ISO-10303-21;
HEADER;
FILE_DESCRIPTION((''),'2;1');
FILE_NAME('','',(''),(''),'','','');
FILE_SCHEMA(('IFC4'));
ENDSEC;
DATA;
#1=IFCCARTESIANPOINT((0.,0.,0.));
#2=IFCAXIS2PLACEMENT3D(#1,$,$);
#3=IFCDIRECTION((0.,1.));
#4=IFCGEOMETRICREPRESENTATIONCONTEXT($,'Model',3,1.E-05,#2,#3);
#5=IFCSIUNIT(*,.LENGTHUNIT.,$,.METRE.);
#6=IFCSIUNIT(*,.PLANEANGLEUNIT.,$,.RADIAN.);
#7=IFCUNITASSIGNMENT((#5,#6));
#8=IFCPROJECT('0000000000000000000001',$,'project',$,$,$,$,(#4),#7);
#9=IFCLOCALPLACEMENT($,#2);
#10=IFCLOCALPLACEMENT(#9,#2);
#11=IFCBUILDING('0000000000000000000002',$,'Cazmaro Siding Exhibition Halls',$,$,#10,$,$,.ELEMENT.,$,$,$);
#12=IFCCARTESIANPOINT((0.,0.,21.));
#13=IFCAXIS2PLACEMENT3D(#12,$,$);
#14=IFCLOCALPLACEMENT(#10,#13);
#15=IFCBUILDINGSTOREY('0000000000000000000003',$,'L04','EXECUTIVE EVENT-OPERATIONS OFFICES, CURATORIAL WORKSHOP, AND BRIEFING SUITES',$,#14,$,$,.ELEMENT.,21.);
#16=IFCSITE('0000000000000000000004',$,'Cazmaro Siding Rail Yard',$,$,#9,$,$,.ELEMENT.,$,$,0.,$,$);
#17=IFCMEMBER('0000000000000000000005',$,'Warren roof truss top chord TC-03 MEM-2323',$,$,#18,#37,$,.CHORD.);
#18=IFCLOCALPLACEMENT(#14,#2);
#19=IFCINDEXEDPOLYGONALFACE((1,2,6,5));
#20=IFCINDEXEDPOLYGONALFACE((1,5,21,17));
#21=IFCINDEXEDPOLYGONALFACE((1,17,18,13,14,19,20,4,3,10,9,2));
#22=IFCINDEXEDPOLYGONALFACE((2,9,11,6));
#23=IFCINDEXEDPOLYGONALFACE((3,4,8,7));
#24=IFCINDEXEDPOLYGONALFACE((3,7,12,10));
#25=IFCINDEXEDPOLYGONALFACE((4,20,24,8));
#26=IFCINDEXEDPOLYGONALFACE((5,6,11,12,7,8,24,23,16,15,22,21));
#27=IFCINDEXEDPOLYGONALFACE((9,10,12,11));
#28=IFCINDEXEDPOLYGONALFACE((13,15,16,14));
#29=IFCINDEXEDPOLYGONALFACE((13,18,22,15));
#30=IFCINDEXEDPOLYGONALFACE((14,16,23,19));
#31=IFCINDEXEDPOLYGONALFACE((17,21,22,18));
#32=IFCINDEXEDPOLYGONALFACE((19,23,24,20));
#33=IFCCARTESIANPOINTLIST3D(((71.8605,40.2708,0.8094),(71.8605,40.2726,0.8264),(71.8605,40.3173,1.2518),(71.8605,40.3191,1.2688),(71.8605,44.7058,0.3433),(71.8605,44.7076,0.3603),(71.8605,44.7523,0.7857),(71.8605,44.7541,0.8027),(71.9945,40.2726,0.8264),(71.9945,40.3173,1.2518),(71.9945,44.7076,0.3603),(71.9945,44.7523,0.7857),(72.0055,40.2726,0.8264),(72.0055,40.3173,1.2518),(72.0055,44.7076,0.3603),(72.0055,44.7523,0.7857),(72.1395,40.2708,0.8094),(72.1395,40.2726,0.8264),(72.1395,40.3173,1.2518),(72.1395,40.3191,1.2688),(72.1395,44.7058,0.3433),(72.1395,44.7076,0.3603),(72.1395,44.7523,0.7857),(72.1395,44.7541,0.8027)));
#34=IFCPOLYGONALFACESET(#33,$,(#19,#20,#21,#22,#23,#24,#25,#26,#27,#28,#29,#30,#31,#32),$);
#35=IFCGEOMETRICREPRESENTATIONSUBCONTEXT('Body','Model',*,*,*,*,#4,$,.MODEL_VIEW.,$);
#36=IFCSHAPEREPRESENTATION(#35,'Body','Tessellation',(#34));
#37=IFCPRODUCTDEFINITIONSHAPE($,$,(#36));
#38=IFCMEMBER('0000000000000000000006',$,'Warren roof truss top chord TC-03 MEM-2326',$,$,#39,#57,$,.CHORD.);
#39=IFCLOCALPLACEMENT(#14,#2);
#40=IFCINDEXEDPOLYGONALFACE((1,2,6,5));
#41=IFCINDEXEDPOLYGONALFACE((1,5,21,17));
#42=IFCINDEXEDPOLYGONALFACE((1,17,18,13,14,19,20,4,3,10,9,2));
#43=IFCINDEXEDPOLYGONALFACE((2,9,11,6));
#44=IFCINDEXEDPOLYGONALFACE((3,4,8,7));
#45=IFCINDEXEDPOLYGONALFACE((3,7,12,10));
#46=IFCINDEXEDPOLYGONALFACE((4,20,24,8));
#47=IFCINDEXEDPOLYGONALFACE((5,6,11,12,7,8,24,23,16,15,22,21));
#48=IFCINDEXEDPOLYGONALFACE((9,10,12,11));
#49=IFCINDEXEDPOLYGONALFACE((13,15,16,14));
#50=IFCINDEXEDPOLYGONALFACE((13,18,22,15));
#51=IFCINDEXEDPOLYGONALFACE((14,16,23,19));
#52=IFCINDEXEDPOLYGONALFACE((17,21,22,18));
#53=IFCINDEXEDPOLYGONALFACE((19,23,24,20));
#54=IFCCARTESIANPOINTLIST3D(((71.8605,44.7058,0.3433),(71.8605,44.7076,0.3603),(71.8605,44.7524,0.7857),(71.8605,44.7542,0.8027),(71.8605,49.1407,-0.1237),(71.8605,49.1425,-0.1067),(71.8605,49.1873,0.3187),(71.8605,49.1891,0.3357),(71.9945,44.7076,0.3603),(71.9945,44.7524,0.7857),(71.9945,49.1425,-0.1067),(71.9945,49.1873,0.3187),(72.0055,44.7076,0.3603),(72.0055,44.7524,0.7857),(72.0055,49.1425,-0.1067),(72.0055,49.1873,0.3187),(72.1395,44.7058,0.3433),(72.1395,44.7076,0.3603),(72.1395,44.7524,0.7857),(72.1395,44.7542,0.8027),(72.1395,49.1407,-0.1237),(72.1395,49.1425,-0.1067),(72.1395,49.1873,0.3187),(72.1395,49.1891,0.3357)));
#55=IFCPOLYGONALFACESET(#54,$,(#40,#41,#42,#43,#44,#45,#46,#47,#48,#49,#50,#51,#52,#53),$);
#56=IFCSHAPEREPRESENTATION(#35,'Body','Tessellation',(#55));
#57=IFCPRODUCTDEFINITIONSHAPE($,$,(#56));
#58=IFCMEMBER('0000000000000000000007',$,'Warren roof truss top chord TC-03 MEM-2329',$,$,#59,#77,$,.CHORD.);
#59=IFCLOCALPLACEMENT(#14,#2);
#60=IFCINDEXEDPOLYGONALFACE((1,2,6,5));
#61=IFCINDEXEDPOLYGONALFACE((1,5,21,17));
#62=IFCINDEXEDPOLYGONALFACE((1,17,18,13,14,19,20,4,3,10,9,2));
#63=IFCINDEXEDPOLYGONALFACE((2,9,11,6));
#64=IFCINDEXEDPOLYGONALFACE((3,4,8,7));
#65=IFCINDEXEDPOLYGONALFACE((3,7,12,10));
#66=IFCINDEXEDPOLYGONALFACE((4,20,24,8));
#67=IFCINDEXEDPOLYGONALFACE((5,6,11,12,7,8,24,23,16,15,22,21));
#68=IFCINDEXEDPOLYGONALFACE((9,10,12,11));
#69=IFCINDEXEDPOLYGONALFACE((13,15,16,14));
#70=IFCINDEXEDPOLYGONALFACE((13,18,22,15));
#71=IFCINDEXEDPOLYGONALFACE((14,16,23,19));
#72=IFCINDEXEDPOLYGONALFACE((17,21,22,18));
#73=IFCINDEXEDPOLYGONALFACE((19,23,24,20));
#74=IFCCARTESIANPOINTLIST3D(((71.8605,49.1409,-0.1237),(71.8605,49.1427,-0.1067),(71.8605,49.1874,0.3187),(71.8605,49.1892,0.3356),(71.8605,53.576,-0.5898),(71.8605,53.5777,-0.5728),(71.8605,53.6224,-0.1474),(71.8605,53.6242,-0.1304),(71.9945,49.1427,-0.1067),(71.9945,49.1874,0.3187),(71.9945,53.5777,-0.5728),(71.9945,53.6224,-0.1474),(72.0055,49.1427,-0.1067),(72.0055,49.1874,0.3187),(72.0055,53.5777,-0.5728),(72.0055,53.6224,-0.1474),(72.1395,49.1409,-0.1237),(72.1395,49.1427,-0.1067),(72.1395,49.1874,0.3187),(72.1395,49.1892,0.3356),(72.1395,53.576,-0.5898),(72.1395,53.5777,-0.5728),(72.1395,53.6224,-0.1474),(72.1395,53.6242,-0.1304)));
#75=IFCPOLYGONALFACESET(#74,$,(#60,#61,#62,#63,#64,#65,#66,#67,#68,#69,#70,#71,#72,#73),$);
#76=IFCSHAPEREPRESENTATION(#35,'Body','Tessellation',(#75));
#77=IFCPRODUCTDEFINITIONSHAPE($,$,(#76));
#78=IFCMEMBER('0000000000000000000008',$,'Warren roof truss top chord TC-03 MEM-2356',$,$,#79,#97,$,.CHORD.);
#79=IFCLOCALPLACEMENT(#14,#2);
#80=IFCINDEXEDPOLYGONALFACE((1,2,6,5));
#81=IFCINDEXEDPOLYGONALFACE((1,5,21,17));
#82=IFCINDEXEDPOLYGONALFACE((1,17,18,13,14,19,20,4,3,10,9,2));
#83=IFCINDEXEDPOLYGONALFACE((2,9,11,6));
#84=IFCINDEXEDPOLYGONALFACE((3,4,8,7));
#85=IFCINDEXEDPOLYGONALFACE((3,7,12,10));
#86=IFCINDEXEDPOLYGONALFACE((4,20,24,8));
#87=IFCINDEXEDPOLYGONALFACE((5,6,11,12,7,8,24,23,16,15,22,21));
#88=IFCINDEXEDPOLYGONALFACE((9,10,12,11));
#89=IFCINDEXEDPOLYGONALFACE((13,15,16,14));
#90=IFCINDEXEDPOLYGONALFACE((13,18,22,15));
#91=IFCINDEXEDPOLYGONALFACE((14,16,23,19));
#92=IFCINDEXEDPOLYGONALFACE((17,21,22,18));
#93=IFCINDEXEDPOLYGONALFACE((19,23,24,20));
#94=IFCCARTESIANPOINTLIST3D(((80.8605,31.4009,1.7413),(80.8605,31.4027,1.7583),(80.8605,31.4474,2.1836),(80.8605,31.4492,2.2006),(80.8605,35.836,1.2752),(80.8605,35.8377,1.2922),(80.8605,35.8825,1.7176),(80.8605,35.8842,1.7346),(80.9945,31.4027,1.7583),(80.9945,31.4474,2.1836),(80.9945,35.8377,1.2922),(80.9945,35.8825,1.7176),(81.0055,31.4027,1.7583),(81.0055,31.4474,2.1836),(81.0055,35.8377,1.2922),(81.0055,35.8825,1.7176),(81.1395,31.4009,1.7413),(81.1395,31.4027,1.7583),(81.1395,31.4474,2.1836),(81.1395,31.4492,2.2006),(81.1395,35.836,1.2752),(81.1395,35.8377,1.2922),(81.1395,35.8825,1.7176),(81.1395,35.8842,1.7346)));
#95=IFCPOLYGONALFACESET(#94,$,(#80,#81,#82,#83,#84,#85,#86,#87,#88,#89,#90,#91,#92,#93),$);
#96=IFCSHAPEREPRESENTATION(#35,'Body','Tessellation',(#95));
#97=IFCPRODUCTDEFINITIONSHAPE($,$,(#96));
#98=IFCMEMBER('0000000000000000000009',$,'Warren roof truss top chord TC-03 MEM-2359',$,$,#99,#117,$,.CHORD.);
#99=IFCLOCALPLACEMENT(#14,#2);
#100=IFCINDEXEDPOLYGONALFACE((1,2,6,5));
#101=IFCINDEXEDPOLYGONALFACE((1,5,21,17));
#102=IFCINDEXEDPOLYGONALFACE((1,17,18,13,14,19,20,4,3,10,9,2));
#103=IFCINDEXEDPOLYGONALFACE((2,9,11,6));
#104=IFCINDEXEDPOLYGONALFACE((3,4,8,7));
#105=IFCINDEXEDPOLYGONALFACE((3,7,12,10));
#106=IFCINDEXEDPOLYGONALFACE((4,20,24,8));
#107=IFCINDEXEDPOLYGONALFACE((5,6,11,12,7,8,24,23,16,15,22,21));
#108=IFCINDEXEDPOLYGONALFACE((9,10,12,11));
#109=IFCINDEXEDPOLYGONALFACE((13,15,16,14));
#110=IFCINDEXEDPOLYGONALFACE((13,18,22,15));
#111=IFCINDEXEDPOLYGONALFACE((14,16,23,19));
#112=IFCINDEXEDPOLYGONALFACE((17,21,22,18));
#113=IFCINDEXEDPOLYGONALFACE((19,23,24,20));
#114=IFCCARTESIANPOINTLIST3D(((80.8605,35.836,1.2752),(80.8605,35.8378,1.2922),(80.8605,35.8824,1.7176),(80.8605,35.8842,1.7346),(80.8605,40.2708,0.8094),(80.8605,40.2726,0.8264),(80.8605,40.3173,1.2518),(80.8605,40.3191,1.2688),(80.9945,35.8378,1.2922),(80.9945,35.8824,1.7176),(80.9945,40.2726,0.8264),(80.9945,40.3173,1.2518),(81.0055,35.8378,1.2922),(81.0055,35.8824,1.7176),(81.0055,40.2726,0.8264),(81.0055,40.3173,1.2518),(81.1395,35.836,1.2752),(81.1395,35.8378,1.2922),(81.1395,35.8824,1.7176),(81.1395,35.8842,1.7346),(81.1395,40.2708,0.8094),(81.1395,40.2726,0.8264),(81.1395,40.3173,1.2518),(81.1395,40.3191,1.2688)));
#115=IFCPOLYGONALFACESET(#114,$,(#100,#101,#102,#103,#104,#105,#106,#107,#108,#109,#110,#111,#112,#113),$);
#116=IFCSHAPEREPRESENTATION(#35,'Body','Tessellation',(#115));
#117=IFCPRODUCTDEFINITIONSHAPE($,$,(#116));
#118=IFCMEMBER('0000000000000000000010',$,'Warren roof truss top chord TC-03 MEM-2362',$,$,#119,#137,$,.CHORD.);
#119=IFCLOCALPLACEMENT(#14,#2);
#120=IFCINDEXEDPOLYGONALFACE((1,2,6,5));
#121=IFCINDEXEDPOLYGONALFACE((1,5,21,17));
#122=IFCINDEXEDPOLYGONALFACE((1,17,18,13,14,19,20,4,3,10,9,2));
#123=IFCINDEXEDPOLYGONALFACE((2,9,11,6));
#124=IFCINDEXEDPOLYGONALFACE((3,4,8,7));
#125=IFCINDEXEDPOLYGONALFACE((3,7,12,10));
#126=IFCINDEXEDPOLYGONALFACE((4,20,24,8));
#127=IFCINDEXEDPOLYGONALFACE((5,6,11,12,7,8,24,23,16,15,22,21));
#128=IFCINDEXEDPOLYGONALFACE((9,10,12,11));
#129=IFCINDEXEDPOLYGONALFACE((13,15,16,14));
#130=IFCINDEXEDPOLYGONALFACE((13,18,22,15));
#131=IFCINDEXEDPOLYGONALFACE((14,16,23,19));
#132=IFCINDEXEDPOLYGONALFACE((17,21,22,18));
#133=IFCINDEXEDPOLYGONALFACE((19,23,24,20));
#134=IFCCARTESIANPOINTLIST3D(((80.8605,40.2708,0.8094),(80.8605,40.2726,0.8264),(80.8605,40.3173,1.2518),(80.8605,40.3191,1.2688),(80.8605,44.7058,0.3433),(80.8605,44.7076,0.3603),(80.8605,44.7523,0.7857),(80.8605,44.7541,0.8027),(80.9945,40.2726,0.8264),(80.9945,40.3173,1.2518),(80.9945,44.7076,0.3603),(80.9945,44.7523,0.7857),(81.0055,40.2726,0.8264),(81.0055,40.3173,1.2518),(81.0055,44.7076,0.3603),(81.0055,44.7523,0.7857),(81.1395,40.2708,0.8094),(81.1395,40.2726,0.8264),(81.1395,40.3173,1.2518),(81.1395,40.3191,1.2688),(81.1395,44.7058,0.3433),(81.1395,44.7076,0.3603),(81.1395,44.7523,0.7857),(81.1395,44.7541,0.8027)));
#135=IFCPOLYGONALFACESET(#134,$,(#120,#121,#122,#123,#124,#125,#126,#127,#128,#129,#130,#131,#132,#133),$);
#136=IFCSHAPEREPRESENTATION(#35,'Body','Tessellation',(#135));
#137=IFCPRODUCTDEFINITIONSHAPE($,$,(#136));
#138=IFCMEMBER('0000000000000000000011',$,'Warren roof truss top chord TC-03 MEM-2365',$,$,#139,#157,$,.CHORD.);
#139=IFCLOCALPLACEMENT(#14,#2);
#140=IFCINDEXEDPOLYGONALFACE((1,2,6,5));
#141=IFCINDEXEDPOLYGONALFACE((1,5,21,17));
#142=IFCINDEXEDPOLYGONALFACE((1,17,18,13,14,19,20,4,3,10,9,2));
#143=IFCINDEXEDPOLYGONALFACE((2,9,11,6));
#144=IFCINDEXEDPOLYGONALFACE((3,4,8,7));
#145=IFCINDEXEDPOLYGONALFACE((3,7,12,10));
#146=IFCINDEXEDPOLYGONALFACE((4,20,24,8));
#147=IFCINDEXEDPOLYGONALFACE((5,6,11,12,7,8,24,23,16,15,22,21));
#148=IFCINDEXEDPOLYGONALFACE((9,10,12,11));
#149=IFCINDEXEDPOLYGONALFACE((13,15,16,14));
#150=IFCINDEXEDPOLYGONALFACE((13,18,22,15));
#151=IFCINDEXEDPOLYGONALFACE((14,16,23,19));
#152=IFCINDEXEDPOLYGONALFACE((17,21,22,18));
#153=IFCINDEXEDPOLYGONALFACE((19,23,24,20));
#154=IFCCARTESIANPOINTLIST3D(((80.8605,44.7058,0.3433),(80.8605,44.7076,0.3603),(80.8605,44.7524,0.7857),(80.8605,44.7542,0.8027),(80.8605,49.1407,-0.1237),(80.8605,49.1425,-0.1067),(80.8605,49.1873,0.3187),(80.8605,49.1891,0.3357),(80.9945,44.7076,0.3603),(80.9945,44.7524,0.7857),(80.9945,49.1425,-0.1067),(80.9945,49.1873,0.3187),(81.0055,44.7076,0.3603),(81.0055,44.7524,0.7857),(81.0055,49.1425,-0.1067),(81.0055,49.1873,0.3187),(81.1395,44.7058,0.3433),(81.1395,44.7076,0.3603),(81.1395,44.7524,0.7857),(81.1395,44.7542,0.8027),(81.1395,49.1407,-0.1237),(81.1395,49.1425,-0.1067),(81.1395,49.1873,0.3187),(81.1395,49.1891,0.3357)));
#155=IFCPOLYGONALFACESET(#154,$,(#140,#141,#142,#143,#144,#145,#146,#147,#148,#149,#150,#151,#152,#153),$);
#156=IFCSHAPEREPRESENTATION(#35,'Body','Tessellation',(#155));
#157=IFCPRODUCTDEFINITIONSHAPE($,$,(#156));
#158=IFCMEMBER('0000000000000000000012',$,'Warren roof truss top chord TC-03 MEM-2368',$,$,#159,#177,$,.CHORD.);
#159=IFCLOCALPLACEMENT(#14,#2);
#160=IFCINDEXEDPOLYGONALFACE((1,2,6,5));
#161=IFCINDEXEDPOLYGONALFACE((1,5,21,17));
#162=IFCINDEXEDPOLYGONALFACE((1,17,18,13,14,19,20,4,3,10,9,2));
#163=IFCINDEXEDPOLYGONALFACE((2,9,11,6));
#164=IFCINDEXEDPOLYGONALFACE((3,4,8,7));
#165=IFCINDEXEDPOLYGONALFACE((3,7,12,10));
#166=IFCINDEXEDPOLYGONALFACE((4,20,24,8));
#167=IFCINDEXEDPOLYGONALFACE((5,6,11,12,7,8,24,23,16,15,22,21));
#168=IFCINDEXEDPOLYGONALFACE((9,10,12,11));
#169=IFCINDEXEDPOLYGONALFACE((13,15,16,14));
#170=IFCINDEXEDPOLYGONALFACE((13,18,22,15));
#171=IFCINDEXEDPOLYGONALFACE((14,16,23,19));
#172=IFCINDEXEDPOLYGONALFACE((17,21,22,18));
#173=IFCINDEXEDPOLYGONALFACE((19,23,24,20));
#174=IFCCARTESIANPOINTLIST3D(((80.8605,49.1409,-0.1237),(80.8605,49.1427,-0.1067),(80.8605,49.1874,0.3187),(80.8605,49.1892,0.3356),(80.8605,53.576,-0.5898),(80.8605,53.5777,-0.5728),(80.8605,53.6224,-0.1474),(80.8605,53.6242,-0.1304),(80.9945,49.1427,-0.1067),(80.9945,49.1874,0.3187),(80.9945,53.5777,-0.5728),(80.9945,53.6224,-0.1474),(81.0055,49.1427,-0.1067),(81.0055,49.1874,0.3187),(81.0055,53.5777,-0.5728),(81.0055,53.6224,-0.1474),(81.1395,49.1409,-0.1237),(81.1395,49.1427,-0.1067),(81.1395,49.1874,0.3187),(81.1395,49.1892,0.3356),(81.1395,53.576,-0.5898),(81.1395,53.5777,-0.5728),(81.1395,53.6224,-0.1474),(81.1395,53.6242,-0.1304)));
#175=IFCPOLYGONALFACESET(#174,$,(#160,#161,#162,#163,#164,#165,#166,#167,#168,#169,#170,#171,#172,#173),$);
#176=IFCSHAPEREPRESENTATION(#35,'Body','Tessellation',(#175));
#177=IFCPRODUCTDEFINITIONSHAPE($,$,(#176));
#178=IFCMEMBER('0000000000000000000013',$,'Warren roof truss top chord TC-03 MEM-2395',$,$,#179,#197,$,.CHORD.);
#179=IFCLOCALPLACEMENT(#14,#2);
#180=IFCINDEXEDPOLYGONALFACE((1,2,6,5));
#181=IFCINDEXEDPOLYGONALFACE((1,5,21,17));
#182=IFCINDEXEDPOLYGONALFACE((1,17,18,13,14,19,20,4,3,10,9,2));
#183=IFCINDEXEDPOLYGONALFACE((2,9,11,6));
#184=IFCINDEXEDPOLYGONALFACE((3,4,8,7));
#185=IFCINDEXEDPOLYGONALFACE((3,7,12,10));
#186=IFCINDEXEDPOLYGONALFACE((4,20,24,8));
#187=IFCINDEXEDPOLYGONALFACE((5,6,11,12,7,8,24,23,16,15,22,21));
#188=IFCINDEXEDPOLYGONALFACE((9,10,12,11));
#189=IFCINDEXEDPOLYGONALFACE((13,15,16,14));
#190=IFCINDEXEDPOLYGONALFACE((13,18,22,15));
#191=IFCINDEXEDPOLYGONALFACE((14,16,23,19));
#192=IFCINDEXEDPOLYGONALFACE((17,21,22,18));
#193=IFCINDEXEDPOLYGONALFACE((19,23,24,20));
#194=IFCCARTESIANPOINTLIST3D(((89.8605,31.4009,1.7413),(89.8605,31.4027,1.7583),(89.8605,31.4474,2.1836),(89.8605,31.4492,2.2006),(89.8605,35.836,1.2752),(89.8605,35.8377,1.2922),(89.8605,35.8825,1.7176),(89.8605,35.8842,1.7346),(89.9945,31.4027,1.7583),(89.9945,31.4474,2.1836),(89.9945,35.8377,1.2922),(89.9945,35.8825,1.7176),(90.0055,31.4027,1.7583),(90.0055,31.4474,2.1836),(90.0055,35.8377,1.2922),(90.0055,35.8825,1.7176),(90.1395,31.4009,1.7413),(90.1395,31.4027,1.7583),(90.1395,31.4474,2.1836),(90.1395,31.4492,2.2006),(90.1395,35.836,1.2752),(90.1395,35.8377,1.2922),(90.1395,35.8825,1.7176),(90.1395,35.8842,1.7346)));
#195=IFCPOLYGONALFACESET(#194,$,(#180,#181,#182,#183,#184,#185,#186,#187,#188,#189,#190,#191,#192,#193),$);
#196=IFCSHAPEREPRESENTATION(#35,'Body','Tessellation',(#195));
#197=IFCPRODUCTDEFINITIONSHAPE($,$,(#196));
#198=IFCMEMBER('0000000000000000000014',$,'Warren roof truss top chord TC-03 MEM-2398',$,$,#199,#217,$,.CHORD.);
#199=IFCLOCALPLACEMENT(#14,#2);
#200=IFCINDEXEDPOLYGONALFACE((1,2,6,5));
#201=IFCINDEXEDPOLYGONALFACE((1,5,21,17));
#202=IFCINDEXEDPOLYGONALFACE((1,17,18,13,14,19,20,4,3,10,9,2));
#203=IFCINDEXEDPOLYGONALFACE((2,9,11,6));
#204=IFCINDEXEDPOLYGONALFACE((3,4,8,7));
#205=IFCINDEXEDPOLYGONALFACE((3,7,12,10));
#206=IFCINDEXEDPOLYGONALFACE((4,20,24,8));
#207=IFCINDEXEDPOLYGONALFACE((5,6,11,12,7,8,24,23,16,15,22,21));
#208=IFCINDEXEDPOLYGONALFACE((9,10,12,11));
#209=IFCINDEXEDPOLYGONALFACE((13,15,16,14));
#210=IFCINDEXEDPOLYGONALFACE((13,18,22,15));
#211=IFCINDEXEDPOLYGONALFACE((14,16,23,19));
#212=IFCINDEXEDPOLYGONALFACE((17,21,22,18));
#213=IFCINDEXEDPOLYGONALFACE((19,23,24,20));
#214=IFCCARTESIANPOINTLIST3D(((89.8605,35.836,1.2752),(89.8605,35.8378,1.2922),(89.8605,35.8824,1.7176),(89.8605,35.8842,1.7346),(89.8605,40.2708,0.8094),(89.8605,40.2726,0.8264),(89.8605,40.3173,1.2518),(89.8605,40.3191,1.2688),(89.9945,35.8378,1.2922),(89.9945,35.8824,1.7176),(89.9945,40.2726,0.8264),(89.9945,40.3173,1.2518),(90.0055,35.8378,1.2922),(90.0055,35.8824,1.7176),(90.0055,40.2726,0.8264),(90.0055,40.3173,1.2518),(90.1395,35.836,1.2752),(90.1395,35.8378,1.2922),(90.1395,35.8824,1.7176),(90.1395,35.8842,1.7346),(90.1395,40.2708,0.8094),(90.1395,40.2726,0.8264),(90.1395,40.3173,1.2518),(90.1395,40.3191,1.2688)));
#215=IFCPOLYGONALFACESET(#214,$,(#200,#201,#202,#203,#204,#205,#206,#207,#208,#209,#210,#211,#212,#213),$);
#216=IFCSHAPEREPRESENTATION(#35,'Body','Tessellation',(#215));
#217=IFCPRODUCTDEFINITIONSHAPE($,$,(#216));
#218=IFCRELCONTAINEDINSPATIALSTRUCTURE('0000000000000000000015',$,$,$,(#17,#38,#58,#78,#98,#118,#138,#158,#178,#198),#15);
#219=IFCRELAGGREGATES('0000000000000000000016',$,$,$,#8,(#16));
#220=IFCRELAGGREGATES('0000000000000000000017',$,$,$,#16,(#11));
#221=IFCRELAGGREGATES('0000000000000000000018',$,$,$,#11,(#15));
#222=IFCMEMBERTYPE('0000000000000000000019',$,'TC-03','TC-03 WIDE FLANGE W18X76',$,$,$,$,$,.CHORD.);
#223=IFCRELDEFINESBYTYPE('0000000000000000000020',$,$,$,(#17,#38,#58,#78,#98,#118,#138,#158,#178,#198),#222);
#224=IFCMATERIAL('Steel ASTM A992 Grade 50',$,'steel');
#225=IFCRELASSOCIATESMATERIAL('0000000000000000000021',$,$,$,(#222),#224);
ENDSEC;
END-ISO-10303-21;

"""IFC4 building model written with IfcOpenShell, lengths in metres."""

from ifc_helpers import new_model, si_unit, direction, frame, origin, origin_2d, place, context, subcontext, project, spatial, i_section, extrude, material, material_profile, profile_set, type_object, element, save


model = new_model("IFC4")

# Units and contexts
model_context = context("Model", 3, precision=1e-05, world=origin(), true_north=direction((0.0, 1.0)))
body_context = subcontext(model_context, "Body", "Model", "MODEL_VIEW")
ifc_project = project(units=[si_unit("LENGTHUNIT", "METRE"), si_unit("PLANEANGLEUNIT", "RADIAN")], contexts=[model_context])

# Site, building, storey
site_placement = place(None, origin())
site = spatial("IfcSite", under=ifc_project, at=site_placement, Name="Cazmaro Siding Rail Yard", CompositionType="ELEMENT", RefElevation=0.0)
building_placement = place(site_placement, origin())
building = spatial("IfcBuilding", under=site, at=building_placement, Name="Cazmaro Siding Exhibition Halls", CompositionType="ELEMENT")
storey_placement = place(building_placement, frame((0.0, 0.0, 21.0)))
storey = spatial("IfcBuildingStorey", under=building, at=storey_placement, Name="L04", Description="EXECUTIVE EVENT-OPERATIONS OFFICES, CURATORIAL WORKSHOP, AND BRIEFING SUITES", CompositionType="ELEMENT", Elevation=21.0)

# Members
ifc_material_1 = material(Name="Steel ASTM A992 Grade 50", Category="steel")
ifc_material_profile_1 = material_profile(ifc_material_1, i_section(OverallWidth=0.2791, OverallDepth=0.4619, WebThickness=0.011, FlangeThickness=0.0171, at=origin_2d()), Name="W18X76")
ifc_profile_set_1 = profile_set([ifc_material_profile_1], Name="Steel ASTM A992 Grade 50")
member_type_1 = type_object("IfcMemberType", Name="TC-03", Description="TC-03 WIDE FLANGE W18X76", PredefinedType="CHORD", material=ifc_profile_set_1)
for number, where, z_axis, x_axis, name in (
    (1, (72.0, 40.2949, 1.0391), (0.0, 0.994524, -0.104511), (-1.0, 0.0, 0.0), "Warren roof truss top chord TC-03 MEM-2323"),
    (2, (72.0, 44.73, 0.573), (0.0, 0.994501, -0.104728), (-1.0, 0.0, 0.0), "Warren roof truss top chord TC-03 MEM-2326"),
    (3, (72.0, 49.165, 0.106), (0.0, 0.994524, -0.104511), (-1.0, 0.0, 0.0), "Warren roof truss top chord TC-03 MEM-2329"),
    (4, (81.0, 31.425, 1.9709), (0.0, 0.994524, -0.104511), (-1.0, 0.0, 0.0), "Warren roof truss top chord TC-03 MEM-2356"),
):
    element("IfcMember", number, at=place(storey_placement, frame(where, z_axis=z_axis, x_axis=x_axis)), inside=storey, type_object=member_type_1, Name=name, PredefinedType="CHORD", context=body_context, shape_type="SweptSolid", body=[
        extrude(i_section(OverallWidth=0.2791, OverallDepth=0.4619, WebThickness=0.011, FlangeThickness=0.0171, at=origin_2d()), origin(), (0.0, 0.0, 1.0), 4.4595),
    ])
member_1_placement = place(storey_placement, frame((81.0, 35.8601, 1.5049), z_axis=(0.0, 0.994529, -0.104462), x_axis=(-1.0, 0.0, 0.0)))
element("IfcMember", 5, at=member_1_placement, inside=storey, type_object=member_type_1, Name="Warren roof truss top chord TC-03 MEM-2359", PredefinedType="CHORD", context=body_context, shape_type="SweptSolid", body=[
    extrude(i_section(OverallWidth=0.2791, OverallDepth=0.4619, WebThickness=0.011, FlangeThickness=0.0171, at=origin_2d()), origin(), (0.0, 0.0, 1.0), 4.4592),
])
for number, where, z_axis, x_axis, name in (
    (6, (81.0, 40.2949, 1.0391), (0.0, 0.994524, -0.104511), (-1.0, 0.0, 0.0), "Warren roof truss top chord TC-03 MEM-2362"),
    (7, (81.0, 44.73, 0.573), (0.0, 0.994501, -0.104728), (-1.0, 0.0, 0.0), "Warren roof truss top chord TC-03 MEM-2365"),
    (8, (81.0, 49.165, 0.106), (0.0, 0.994524, -0.104511), (-1.0, 0.0, 0.0), "Warren roof truss top chord TC-03 MEM-2368"),
    (9, (90.0, 31.425, 1.9709), (0.0, 0.994524, -0.104511), (-1.0, 0.0, 0.0), "Warren roof truss top chord TC-03 MEM-2395"),
):
    element("IfcMember", number, at=place(storey_placement, frame(where, z_axis=z_axis, x_axis=x_axis)), inside=storey, type_object=member_type_1, Name=name, PredefinedType="CHORD", context=body_context, shape_type="SweptSolid", body=[
        extrude(i_section(OverallWidth=0.2791, OverallDepth=0.4619, WebThickness=0.011, FlangeThickness=0.0171, at=origin_2d()), origin(), (0.0, 0.0, 1.0), 4.4595),
    ])
member_2_placement = place(storey_placement, frame((90.0, 35.8601, 1.5049), z_axis=(0.0, 0.994529, -0.104462), x_axis=(-1.0, 0.0, 0.0)))
element("IfcMember", 10, at=member_2_placement, inside=storey, type_object=member_type_1, Name="Warren roof truss top chord TC-03 MEM-2398", PredefinedType="CHORD", context=body_context, shape_type="SweptSolid", body=[
    extrude(i_section(OverallWidth=0.2791, OverallDepth=0.4619, WebThickness=0.011, FlangeThickness=0.0171, at=origin_2d()), origin(), (0.0, 0.0, 1.0), 4.4592),
])

save(model, "model.ifc")
